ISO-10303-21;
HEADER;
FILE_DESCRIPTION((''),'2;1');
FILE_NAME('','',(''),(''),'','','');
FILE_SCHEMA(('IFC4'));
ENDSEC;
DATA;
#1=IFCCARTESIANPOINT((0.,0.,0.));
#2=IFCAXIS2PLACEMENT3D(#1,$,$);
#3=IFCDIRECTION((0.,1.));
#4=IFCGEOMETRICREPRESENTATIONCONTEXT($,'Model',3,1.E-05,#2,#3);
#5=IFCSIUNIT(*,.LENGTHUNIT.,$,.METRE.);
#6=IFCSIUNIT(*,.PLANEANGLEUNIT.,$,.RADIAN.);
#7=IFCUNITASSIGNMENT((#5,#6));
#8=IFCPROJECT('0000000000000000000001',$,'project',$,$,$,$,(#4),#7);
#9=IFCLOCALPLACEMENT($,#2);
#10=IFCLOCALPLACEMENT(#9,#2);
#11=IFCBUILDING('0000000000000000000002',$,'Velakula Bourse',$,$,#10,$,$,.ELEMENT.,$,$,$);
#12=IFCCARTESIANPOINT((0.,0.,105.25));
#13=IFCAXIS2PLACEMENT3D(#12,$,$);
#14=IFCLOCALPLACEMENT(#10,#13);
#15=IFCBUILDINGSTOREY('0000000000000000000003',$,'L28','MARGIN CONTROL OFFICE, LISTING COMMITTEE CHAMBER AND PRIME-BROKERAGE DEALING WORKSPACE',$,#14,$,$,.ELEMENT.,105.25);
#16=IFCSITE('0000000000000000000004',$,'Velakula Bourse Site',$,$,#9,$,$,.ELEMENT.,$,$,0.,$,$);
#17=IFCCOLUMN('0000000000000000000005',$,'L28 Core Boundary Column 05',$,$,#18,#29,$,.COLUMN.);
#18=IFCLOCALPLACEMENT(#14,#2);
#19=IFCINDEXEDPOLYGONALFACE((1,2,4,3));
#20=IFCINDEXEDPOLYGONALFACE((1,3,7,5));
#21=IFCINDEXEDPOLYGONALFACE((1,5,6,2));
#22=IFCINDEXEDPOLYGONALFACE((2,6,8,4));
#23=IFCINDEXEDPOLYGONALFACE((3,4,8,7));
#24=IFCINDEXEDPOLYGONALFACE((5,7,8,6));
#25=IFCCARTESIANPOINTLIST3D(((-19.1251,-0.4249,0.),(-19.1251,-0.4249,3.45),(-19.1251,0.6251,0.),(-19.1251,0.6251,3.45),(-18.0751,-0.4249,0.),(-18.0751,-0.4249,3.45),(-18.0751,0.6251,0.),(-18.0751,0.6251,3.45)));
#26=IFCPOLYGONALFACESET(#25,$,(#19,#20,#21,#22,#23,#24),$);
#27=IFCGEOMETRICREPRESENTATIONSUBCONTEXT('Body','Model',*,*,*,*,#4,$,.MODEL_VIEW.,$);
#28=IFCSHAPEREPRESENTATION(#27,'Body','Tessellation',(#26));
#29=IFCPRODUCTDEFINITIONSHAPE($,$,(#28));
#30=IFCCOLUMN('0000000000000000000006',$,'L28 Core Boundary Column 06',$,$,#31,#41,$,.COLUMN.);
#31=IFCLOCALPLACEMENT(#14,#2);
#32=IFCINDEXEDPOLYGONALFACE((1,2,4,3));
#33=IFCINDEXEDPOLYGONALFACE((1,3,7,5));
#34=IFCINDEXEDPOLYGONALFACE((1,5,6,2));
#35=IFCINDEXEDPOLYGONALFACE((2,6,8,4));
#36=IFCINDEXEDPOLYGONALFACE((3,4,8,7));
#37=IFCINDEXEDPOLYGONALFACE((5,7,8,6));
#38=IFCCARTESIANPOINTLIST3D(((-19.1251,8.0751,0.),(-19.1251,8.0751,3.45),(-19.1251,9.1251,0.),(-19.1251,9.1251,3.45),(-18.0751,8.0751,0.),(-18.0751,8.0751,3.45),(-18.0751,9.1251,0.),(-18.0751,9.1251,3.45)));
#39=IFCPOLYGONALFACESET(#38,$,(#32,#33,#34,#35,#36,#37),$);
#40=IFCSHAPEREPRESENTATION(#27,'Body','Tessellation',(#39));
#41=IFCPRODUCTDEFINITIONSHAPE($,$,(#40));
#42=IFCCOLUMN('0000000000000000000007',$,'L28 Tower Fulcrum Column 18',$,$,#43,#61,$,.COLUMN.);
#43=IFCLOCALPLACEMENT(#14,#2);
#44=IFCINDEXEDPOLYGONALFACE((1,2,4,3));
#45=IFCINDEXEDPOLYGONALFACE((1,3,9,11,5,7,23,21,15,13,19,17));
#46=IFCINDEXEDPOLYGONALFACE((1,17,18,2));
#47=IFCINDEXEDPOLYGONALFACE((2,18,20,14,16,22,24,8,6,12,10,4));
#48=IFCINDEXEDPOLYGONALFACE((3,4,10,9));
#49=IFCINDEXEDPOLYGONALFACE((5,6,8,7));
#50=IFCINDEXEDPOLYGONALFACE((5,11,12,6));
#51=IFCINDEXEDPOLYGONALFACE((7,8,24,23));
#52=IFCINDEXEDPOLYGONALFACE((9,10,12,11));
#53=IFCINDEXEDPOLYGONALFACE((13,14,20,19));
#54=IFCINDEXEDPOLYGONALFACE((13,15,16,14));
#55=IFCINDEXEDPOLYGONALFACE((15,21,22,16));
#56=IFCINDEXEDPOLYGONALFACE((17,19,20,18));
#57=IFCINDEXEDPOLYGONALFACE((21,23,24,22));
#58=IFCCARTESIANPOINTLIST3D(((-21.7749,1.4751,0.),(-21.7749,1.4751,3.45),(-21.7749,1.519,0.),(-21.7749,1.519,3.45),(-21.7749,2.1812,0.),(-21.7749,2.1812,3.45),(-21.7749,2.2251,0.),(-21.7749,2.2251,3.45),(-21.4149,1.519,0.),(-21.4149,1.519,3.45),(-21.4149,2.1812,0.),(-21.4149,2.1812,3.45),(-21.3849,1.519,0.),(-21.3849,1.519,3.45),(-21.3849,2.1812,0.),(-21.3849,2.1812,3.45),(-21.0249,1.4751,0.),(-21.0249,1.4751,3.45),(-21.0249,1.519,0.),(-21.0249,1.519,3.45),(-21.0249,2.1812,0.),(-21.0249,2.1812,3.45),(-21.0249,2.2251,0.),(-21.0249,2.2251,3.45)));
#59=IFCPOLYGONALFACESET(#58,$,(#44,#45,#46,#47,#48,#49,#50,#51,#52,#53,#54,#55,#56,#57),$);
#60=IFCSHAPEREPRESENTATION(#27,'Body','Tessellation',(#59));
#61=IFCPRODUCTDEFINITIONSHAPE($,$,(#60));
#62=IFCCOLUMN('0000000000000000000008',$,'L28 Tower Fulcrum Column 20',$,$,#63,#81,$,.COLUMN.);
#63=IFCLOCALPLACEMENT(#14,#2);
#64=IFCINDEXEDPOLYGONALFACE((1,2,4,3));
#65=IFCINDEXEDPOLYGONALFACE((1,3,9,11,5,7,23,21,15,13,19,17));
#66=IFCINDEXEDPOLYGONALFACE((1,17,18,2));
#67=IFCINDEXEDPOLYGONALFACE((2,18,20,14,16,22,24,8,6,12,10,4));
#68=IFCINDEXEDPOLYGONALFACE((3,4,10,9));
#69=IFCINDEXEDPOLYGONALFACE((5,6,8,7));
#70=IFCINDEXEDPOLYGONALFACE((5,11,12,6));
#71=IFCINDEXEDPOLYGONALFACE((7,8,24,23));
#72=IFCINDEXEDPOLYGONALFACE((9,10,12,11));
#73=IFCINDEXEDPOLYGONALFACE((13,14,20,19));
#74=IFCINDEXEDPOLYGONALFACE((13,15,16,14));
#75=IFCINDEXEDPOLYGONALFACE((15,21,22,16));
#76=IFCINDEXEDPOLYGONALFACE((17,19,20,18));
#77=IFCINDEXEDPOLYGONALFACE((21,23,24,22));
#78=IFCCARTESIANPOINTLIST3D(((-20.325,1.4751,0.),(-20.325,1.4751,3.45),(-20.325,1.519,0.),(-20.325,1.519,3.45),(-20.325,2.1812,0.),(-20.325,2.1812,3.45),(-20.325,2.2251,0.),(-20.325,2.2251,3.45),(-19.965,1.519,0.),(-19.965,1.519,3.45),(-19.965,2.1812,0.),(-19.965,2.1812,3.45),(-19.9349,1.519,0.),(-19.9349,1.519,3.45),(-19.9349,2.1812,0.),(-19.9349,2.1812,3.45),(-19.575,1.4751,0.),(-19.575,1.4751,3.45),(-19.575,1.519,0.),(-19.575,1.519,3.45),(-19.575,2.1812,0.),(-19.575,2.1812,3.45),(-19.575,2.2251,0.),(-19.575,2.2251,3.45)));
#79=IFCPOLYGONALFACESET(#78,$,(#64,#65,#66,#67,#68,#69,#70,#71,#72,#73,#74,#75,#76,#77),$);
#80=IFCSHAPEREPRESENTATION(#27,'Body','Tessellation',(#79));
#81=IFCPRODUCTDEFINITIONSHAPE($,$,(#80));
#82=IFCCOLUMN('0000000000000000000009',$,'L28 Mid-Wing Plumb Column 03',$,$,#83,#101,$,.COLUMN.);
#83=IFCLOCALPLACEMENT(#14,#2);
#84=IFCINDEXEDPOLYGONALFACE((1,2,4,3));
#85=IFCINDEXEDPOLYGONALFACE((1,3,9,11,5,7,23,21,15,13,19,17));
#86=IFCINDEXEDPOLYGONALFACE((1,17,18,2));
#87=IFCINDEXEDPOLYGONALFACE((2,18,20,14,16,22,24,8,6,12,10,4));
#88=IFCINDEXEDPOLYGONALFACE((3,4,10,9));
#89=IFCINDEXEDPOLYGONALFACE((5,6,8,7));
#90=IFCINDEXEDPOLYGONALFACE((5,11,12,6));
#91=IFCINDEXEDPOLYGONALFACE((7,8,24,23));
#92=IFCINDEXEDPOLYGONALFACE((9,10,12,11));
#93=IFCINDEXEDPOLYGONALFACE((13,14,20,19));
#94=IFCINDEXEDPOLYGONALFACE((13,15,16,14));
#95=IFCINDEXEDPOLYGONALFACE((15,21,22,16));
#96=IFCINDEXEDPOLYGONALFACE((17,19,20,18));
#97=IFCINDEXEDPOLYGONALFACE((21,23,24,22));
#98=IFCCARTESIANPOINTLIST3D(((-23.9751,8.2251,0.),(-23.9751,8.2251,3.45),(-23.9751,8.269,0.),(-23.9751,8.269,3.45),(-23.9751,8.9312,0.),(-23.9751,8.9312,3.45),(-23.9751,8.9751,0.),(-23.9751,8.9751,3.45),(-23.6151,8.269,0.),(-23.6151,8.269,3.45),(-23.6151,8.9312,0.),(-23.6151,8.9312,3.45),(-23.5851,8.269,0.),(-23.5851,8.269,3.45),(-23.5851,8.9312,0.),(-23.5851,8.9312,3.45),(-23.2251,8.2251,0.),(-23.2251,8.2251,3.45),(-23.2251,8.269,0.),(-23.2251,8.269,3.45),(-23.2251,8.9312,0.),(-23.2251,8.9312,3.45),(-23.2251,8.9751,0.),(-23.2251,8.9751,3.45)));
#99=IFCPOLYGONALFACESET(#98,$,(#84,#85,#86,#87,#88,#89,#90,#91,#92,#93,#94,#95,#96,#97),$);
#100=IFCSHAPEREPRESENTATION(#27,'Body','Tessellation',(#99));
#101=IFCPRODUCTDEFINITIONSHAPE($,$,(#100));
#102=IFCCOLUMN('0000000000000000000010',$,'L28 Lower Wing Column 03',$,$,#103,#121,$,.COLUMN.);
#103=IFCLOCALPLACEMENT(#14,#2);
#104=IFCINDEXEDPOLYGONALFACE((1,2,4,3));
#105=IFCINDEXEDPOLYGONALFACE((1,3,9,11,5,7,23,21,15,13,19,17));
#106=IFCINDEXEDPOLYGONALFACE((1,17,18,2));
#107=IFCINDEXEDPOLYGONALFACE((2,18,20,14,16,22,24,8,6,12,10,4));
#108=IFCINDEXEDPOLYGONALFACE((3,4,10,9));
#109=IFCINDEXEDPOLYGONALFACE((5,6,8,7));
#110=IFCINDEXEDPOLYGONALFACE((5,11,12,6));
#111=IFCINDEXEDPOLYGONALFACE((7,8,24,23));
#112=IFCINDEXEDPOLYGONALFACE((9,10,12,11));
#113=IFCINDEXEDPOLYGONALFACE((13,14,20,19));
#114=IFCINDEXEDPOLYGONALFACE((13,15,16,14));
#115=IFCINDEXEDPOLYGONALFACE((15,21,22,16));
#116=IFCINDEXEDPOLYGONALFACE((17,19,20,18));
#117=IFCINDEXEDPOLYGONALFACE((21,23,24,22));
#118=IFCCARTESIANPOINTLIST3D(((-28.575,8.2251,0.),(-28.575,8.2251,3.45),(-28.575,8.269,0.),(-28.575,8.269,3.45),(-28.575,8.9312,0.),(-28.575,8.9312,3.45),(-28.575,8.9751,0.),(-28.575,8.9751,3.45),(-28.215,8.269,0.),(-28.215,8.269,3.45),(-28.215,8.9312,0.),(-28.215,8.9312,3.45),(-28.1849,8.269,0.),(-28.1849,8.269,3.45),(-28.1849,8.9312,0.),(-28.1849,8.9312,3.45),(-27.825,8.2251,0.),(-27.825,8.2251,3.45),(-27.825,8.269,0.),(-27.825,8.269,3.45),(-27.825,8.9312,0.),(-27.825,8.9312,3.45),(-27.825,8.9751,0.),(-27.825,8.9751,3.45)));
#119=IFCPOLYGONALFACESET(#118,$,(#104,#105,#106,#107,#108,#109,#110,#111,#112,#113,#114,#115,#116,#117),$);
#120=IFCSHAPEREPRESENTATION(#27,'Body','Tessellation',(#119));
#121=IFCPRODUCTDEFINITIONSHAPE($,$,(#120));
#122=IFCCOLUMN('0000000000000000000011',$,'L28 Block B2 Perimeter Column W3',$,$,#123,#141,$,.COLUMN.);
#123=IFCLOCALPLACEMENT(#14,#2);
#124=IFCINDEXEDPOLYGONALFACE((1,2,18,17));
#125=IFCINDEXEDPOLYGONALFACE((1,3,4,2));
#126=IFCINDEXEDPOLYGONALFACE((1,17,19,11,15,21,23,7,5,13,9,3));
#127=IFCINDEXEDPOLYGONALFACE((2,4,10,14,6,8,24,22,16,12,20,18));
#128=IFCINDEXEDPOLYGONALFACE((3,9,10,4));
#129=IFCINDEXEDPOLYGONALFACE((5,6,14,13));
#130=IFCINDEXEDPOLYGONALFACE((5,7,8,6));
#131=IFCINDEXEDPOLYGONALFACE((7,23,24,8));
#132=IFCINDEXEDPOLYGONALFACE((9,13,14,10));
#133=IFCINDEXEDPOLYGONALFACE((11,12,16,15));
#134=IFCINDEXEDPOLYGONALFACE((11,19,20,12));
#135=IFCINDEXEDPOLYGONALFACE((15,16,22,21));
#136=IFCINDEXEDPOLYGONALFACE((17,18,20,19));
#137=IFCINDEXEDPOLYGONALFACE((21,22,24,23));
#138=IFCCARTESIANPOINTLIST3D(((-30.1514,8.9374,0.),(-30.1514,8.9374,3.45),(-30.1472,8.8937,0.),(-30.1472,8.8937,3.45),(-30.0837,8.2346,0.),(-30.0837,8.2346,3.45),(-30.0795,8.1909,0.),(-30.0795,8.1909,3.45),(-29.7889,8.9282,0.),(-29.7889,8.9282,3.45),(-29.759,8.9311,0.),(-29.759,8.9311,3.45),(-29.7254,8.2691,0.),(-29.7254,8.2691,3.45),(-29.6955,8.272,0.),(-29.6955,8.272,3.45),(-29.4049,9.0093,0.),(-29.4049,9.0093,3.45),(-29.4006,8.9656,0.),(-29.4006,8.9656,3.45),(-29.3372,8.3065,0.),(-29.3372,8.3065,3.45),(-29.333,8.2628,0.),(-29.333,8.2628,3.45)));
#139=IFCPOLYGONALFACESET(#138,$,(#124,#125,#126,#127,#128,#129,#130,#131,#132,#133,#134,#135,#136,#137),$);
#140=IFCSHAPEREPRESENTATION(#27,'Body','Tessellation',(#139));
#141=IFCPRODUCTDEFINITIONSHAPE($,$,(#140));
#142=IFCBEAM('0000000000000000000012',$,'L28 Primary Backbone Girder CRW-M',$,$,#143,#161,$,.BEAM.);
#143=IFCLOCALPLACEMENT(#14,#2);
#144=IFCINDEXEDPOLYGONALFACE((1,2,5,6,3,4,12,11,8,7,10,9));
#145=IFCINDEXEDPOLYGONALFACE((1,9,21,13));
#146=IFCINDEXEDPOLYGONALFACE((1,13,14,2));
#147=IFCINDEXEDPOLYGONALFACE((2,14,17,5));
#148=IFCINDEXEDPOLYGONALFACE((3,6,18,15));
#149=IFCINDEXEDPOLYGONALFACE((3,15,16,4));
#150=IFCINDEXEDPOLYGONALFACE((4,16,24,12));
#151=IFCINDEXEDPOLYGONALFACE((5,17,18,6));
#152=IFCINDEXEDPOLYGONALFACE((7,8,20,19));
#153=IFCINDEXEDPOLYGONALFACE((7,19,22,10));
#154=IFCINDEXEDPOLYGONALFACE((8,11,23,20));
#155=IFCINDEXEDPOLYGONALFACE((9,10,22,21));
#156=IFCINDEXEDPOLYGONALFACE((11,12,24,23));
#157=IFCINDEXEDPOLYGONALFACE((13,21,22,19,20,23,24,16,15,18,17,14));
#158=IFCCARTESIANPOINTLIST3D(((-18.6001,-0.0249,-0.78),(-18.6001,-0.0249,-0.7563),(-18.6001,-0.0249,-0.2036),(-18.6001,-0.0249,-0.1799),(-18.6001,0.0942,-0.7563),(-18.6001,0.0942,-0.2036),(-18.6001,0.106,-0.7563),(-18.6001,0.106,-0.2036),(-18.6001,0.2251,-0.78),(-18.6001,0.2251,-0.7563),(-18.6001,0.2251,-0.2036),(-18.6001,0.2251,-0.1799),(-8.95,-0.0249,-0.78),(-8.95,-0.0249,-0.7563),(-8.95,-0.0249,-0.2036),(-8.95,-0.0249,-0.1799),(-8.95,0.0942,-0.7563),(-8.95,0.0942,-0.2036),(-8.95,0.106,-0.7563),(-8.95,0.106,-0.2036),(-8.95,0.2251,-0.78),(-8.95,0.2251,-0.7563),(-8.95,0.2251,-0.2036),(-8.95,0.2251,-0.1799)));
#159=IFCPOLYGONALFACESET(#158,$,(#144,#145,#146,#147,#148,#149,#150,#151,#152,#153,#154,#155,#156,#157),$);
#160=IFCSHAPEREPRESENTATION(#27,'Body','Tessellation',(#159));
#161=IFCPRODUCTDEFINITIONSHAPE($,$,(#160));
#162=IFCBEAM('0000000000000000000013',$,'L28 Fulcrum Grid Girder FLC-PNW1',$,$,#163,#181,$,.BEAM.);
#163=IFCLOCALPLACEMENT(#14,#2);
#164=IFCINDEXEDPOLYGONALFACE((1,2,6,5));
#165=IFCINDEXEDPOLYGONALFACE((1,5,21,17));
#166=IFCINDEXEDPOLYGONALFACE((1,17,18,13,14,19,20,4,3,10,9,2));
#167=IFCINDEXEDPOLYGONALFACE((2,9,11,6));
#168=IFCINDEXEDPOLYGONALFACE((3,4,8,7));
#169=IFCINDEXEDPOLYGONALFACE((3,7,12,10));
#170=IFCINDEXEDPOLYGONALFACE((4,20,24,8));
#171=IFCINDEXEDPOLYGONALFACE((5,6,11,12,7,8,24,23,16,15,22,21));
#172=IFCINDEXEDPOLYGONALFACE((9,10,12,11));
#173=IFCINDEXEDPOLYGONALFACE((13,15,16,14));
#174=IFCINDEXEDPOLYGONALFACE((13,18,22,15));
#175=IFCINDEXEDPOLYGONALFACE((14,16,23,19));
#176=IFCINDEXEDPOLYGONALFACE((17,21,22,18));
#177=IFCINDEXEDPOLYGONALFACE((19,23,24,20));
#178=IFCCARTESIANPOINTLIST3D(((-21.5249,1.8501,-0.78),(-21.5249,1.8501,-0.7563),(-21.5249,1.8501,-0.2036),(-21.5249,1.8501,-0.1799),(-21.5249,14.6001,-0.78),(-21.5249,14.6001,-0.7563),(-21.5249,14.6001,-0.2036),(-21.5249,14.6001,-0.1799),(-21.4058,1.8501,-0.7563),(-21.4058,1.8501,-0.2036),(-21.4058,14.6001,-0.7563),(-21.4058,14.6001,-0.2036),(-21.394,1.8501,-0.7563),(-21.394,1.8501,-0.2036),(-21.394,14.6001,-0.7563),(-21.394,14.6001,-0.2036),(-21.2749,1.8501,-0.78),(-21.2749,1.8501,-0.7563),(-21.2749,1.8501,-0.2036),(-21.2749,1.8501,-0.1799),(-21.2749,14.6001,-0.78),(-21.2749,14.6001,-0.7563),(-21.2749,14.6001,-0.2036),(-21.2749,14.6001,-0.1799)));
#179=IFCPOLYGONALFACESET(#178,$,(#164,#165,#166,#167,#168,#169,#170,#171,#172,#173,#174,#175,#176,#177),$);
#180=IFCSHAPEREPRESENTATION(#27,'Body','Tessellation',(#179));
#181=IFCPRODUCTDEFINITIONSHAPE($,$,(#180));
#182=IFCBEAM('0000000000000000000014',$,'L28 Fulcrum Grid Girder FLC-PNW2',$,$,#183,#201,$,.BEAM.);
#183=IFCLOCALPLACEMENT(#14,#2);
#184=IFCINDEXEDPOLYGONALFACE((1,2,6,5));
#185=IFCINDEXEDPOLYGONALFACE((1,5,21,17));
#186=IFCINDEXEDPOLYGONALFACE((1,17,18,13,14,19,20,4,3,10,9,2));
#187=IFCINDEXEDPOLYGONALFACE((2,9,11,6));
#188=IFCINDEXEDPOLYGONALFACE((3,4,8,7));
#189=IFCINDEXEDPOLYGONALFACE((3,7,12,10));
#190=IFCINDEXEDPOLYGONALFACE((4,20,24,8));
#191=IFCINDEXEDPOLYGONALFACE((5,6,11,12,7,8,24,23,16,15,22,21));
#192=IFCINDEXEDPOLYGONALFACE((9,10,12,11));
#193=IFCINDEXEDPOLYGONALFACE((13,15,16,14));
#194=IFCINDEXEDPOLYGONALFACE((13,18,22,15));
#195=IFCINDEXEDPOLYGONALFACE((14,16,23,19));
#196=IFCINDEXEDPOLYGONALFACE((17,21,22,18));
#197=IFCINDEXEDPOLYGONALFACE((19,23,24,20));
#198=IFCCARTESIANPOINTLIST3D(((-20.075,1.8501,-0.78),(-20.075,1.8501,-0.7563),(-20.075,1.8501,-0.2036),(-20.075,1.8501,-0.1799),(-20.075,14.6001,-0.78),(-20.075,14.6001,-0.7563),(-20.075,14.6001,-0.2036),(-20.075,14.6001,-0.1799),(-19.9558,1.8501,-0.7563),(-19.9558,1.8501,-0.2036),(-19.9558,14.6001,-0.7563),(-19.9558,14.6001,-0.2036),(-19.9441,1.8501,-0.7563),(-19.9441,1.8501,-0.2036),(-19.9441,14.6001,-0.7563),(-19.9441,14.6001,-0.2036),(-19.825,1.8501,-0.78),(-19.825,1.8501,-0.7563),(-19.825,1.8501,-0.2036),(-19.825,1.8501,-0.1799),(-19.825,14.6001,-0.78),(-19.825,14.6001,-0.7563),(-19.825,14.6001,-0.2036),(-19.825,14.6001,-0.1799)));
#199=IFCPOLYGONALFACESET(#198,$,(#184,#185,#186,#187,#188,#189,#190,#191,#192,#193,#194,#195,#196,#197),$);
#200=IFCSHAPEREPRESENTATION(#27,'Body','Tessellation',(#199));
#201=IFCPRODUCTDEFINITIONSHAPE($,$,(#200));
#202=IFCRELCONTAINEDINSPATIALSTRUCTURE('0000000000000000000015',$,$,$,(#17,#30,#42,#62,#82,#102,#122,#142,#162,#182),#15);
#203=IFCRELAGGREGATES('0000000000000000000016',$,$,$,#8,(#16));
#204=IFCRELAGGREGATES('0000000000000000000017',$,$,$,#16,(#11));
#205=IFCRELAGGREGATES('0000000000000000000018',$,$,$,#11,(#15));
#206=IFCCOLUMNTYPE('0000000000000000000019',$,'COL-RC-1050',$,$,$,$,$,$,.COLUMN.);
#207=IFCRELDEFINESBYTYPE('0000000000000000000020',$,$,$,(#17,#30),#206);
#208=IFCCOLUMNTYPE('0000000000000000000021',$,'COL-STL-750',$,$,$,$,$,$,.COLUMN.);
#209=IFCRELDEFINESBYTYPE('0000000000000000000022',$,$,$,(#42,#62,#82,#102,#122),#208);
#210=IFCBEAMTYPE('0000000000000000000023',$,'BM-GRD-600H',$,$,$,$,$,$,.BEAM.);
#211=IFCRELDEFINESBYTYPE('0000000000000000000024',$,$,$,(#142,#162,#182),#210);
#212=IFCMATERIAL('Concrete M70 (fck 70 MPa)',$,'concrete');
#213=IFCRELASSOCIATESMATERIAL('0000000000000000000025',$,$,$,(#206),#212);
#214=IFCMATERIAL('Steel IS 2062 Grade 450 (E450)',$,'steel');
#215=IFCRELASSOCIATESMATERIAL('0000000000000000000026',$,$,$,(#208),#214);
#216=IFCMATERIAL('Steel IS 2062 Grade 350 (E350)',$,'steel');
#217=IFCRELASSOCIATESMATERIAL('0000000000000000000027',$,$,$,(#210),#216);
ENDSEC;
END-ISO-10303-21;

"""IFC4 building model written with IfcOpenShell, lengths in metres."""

from ifc_helpers import new_model, si_unit, direction, frame, origin, origin_2d, place, context, subcontext, project, spatial, rectangle, i_section, extrude, material, material_profile, profile_set, type_object, element, save


model = new_model("IFC4")

# Units and contexts
model_context = context("Model", 3, precision=1e-05, world=origin(), true_north=direction((0.0, 1.0)))
body_context = subcontext(model_context, "Body", "Model", "MODEL_VIEW")
ifc_project = project(units=[si_unit("LENGTHUNIT", "METRE"), si_unit("PLANEANGLEUNIT", "RADIAN")], contexts=[model_context])

# Site, building, storey
site_placement = place(None, origin())
site = spatial("IfcSite", under=ifc_project, at=site_placement, Name="Velakula Bourse Site", CompositionType="ELEMENT", RefElevation=0.0)
building_placement = place(site_placement, origin())
building = spatial("IfcBuilding", under=site, at=building_placement, Name="Velakula Bourse", CompositionType="ELEMENT")
storey_placement = place(building_placement, frame((0.0, 0.0, 105.25)))
storey = spatial("IfcBuildingStorey", under=building, at=storey_placement, Name="L28", Description="MARGIN CONTROL OFFICE, LISTING COMMITTEE CHAMBER AND PRIME-BROKERAGE DEALING WORKSPACE", CompositionType="ELEMENT", Elevation=105.25)

# Columns
ifc_material_1 = material(Name="Concrete M70 (fck 70 MPa)", Category="concrete")
ifc_material_profile_1 = material_profile(ifc_material_1, rectangle(XDim=1.05, YDim=1.05, at=origin_2d()), Name="Concrete M70 (fck 70 MPa)")
ifc_profile_set_1 = profile_set([ifc_material_profile_1], Name="Concrete M70 (fck 70 MPa)")
column_type_1 = type_object("IfcColumnType", Name="COL-RC-1050", PredefinedType="COLUMN", material=ifc_profile_set_1)
for number, where, z_axis, x_axis, name in (
    (1, (-18.6001, 0.1001, 0.0), (0.0, 0.0, 1.0), (1.0, 0.0, 0.0), "L28 Core Boundary Column 05"),
    (2, (-18.6001, 8.6001, 0.0), (0.0, 0.0, 1.0), (1.0, 0.0, 0.0), "L28 Core Boundary Column 06"),
):
    element("IfcColumn", number, at=place(storey_placement, frame(where, z_axis=z_axis, x_axis=x_axis)), inside=storey, type_object=column_type_1, Name=name, PredefinedType="COLUMN", context=body_context, shape_type="SweptSolid", body=[
        extrude(rectangle(XDim=1.05, YDim=1.05, at=origin_2d()), origin(), (0.0, 0.0, 1.0), 3.45),
    ])
ifc_material_2 = material(Name="Steel IS 2062 Grade 450 (E450)", Category="steel")
ifc_material_profile_2 = material_profile(ifc_material_2, i_section(OverallWidth=0.75, OverallDepth=0.75, WebThickness=0.03, FlangeThickness=0.0439, at=origin_2d()), Name="Steel IS 2062 Grade 450 (E450)")
ifc_profile_set_2 = profile_set([ifc_material_profile_2], Name="Steel IS 2062 Grade 450 (E450)")
column_type_2 = type_object("IfcColumnType", Name="COL-STL-750", PredefinedType="COLUMN", material=ifc_profile_set_2)
for number, where, z_axis, x_axis, name in (
    (3, (-21.3999, 1.8501, 0.0), (0.0, 0.0, 1.0), (1.0, 0.0, 0.0), "L28 Tower Fulcrum Column 18"),
    (4, (-19.95, 1.8501, 0.0), (0.0, 0.0, 1.0), (1.0, 0.0, 0.0), "L28 Tower Fulcrum Column 20"),
    (5, (-23.6001, 8.6001, 0.0), (0.0, 0.0, 1.0), (1.0, 0.0, 0.0), "L28 Mid-Wing Plumb Column 03"),
    (6, (-28.2, 8.6001, 0.0), (0.0, 0.0, 1.0), (1.0, 0.0, 0.0), "L28 Lower Wing Column 03"),
    (7, (-29.7422, 8.6001, 0.0), (0.0, 0.0, 1.0), (0.995396, 0.095846, 0.0), "L28 Block B2 Perimeter Column W3"),
):
    element("IfcColumn", number, at=place(storey_placement, frame(where, z_axis=z_axis, x_axis=x_axis)), inside=storey, type_object=column_type_2, Name=name, PredefinedType="COLUMN", context=body_context, shape_type="SweptSolid", body=[
        extrude(i_section(OverallWidth=0.75, OverallDepth=0.75, WebThickness=0.03, FlangeThickness=0.0439, at=origin_2d()), origin(), (0.0, 0.0, 1.0), 3.45),
    ])

# Beams
ifc_material_3 = material(Name="Steel IS 2062 Grade 350 (E350)", Category="steel")
ifc_material_profile_3 = material_profile(ifc_material_3, i_section(OverallWidth=0.25, OverallDepth=0.6001, WebThickness=0.0117, FlangeThickness=0.0237, at=origin_2d()), Name="Steel IS 2062 Grade 350 (E350)")
ifc_profile_set_3 = profile_set([ifc_material_profile_3], Name="Steel IS 2062 Grade 350 (E350)")
beam_type_1 = type_object("IfcBeamType", Name="BM-GRD-600H", PredefinedType="BEAM", material=ifc_profile_set_3)
beam_1_placement = place(storey_placement, frame((-18.6001, 0.1001, -0.48), z_axis=(1.0, 0.0, 0.0), x_axis=(0.0, 1.0, 0.0)))
element("IfcBeam", 8, at=beam_1_placement, inside=storey, type_object=beam_type_1, Name="L28 Primary Backbone Girder CRW-M", PredefinedType="BEAM", context=body_context, shape_type="SweptSolid", body=[
    extrude(i_section(OverallWidth=0.25, OverallDepth=0.6001, WebThickness=0.0117, FlangeThickness=0.0237, at=origin_2d()), origin(), (0.0, 0.0, 1.0), 9.6501),
])
for number, where, z_axis, x_axis, name in (
    (9, (-21.3999, 1.8501, -0.48), (0.0, 1.0, 0.0), (-1.0, 0.0, 0.0), "L28 Fulcrum Grid Girder FLC-PNW1"),
    (10, (-19.95, 1.8501, -0.48), (0.0, 1.0, 0.0), (-1.0, 0.0, 0.0), "L28 Fulcrum Grid Girder FLC-PNW2"),
):
    element("IfcBeam", number, at=place(storey_placement, frame(where, z_axis=z_axis, x_axis=x_axis)), inside=storey, type_object=beam_type_1, Name=name, PredefinedType="BEAM", context=body_context, shape_type="SweptSolid", body=[
        extrude(i_section(OverallWidth=0.25, OverallDepth=0.6001, WebThickness=0.0117, FlangeThickness=0.0237, at=origin_2d()), origin(), (0.0, 0.0, 1.0), 12.75),
    ])

save(model, "model.ifc")
